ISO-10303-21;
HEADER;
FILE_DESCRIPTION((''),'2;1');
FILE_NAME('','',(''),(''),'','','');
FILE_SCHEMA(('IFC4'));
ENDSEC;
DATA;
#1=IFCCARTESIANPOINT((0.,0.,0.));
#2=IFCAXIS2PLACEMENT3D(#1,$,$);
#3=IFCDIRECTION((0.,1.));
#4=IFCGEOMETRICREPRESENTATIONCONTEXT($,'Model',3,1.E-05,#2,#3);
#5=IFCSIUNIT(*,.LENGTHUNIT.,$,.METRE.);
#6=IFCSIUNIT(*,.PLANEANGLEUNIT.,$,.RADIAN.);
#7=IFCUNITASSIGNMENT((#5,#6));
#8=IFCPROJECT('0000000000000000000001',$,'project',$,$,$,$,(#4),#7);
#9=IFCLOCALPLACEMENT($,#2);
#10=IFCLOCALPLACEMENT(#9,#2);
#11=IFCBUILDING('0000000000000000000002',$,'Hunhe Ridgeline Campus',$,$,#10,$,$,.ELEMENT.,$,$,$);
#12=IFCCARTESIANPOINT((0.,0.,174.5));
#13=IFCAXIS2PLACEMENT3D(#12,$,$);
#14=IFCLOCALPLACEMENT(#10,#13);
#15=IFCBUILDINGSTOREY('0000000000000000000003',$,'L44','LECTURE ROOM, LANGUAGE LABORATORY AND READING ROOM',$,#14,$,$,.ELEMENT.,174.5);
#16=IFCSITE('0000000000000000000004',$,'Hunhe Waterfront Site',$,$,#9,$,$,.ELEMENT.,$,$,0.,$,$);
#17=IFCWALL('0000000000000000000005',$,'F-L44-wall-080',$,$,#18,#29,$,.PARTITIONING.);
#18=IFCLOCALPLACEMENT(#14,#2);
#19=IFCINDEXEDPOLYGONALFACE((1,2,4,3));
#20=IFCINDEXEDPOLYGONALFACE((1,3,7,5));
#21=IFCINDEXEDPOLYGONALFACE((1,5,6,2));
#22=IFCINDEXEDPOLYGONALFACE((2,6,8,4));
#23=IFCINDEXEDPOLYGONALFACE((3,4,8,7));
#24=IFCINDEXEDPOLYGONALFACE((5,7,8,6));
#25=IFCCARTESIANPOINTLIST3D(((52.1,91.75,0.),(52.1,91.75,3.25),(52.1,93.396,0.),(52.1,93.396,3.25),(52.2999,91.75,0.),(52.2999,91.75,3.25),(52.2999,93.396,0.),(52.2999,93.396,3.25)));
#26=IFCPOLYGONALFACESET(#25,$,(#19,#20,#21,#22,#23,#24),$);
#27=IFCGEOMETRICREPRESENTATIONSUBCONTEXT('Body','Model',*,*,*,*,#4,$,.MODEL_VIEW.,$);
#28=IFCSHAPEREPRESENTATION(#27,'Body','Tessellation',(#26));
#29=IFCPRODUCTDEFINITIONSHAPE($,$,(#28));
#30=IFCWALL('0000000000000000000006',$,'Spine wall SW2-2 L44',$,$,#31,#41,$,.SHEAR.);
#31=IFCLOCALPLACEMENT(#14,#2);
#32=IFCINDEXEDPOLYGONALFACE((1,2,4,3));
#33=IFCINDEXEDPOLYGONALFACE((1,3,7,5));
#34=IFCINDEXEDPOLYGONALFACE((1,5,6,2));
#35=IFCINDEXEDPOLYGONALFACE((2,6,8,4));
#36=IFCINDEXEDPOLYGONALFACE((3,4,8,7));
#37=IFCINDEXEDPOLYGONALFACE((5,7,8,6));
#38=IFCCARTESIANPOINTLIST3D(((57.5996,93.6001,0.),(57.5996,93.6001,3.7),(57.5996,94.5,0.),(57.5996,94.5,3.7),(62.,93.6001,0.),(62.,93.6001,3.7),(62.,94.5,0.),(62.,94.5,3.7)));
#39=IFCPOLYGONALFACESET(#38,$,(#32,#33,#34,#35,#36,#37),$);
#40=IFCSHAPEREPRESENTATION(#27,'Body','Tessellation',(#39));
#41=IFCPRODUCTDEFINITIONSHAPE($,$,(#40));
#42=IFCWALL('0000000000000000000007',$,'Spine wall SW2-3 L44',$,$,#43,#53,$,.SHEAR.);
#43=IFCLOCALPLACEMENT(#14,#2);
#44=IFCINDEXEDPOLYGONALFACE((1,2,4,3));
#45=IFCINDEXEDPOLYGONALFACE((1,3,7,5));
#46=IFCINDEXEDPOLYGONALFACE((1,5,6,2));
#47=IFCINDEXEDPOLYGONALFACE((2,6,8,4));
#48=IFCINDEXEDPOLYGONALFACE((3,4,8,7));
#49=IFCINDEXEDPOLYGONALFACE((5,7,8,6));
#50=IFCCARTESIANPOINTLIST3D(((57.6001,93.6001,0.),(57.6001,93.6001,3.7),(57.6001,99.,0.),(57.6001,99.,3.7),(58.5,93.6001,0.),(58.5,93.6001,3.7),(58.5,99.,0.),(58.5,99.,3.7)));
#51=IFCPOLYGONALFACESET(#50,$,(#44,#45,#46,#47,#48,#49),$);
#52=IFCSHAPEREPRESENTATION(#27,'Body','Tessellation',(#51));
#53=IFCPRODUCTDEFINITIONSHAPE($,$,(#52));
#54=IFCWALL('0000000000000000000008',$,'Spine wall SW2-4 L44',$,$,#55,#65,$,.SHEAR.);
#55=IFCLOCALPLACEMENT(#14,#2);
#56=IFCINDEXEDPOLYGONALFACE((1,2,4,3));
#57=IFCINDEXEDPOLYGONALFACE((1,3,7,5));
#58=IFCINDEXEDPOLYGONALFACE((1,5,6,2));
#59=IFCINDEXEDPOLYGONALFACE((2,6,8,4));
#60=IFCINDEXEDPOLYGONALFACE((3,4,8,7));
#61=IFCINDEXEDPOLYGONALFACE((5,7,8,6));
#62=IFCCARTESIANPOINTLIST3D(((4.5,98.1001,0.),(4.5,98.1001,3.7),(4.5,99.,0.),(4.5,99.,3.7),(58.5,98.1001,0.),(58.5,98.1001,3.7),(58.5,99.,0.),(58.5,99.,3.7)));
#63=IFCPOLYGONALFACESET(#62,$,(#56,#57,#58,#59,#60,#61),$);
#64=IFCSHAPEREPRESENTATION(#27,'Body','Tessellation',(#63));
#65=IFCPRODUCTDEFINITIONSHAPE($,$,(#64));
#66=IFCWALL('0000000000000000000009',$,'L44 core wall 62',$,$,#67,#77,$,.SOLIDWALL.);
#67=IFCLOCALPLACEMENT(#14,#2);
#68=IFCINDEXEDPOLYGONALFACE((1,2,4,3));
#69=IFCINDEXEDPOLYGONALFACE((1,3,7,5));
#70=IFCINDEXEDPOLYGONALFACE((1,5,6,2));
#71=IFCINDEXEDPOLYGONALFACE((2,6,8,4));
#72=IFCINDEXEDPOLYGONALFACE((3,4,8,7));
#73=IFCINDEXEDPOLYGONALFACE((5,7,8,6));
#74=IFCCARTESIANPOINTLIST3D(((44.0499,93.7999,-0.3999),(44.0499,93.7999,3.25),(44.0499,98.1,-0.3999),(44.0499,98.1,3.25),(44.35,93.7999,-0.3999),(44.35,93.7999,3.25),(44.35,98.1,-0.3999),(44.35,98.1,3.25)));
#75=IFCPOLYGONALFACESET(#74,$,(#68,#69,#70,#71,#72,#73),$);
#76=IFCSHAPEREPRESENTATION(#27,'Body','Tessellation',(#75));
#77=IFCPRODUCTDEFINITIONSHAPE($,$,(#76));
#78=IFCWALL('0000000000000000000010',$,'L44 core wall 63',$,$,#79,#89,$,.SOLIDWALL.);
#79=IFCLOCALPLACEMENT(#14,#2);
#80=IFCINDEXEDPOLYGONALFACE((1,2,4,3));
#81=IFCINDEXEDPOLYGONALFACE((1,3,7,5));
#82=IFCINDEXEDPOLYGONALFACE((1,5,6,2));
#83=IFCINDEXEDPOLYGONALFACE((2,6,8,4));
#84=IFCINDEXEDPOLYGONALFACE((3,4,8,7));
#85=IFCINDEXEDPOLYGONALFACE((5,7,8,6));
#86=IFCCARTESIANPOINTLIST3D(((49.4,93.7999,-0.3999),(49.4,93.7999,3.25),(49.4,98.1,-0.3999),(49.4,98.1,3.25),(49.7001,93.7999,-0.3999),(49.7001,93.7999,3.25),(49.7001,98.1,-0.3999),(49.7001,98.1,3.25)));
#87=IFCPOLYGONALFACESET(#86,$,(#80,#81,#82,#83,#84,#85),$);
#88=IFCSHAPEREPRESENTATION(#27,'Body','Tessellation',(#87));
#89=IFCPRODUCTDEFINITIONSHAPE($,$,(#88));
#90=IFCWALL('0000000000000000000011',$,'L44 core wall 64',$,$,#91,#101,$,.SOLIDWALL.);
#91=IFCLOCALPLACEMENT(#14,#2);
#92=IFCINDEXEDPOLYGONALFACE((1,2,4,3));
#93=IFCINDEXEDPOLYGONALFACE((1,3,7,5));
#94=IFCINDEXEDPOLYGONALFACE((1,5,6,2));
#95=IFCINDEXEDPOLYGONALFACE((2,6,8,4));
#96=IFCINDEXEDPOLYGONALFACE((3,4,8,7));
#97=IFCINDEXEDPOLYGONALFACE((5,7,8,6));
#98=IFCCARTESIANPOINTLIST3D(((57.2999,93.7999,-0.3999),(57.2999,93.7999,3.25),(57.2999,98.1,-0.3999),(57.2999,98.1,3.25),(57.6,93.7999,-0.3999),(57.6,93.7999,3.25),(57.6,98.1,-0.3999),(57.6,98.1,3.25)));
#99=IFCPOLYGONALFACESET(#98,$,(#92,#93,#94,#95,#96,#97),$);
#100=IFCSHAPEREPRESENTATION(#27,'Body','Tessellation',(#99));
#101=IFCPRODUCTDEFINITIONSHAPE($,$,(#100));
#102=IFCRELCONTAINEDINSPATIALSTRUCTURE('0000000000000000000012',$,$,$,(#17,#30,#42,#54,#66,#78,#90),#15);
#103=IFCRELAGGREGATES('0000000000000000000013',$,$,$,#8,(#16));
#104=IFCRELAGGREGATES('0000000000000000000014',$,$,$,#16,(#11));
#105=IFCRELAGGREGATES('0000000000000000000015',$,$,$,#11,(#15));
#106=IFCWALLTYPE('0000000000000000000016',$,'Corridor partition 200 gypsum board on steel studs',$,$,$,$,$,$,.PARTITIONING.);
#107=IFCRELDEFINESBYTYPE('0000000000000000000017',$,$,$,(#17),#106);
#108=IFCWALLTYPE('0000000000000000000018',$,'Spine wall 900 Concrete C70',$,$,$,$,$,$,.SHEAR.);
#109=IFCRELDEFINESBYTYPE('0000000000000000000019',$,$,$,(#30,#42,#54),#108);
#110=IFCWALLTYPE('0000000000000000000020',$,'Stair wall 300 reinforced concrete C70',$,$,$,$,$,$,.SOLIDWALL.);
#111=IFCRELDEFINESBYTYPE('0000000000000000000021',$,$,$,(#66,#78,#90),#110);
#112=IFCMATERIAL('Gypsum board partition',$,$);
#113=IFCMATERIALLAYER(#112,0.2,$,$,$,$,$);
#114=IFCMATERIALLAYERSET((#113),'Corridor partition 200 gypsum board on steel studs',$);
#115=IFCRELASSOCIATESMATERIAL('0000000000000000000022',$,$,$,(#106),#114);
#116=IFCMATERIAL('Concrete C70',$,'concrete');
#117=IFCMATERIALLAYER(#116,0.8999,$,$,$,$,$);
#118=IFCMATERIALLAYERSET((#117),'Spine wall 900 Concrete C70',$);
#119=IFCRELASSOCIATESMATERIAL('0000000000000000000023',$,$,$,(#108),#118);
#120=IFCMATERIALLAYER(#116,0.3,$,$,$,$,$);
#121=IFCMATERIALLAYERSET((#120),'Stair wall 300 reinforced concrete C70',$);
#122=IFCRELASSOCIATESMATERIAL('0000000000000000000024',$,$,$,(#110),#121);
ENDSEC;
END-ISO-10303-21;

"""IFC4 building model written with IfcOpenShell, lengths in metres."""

from ifc_helpers import new_model, si_unit, direction, frame, frame_2d, origin, place, context, subcontext, project, spatial, rectangle, extrude, material, layer, layer_set, type_object, element, save


model = new_model("IFC4")

# Units and contexts
model_context = context("Model", 3, precision=1e-05, world=origin(), true_north=direction((0.0, 1.0)))
body_context = subcontext(model_context, "Body", "Model", "MODEL_VIEW")
ifc_project = project(units=[si_unit("LENGTHUNIT", "METRE"), si_unit("PLANEANGLEUNIT", "RADIAN")], contexts=[model_context])

# Site, building, storey
site_placement = place(None, origin())
site = spatial("IfcSite", under=ifc_project, at=site_placement, Name="Hunhe Waterfront Site", CompositionType="ELEMENT", RefElevation=0.0)
building_placement = place(site_placement, origin())
building = spatial("IfcBuilding", under=site, at=building_placement, Name="Hunhe Ridgeline Campus", CompositionType="ELEMENT")
storey_placement = place(building_placement, frame((0.0, 0.0, 174.5)))
storey = spatial("IfcBuildingStorey", under=building, at=storey_placement, Name="L44", Description="LECTURE ROOM, LANGUAGE LABORATORY AND READING ROOM", CompositionType="ELEMENT", Elevation=174.5)

# Shared definitions
ifc_material_1 = material(Name="Concrete C70", Category="concrete")

# Shared definitions
ifc_material_2 = material(Name="Gypsum board partition")
ifc_layer_1 = layer(ifc_material_2, 0.2)
ifc_layer_set_1 = layer_set([ifc_layer_1], Name="Corridor partition 200 gypsum board on steel studs")
wall_type_1 = type_object("IfcWallType", Name="Corridor partition 200 gypsum board on steel studs", PredefinedType="PARTITIONING", material=ifc_layer_set_1)

# Walls
wall_1_placement = place(storey_placement, frame((52.2, 93.396, 0.0), z_axis=(0.0, 0.0, 1.0), x_axis=(0.0, -1.0, 0.0)))
element("IfcWall", 1, at=wall_1_placement, inside=storey, type_object=wall_type_1, Name="F-L44-wall-080", PredefinedType="PARTITIONING", context=body_context, shape_type="SweptSolid", body=[
    extrude(rectangle(XDim=1.646, YDim=0.2, at=frame_2d((0.823, 0.0))), origin(), (0.0, 0.0, 1.0), 3.25),
])
ifc_layer_2 = layer(ifc_material_1, 0.8999)
ifc_layer_set_2 = layer_set([ifc_layer_2], Name="Spine wall 900 Concrete C70")
wall_type_2 = type_object("IfcWallType", Name="Spine wall 900 Concrete C70", PredefinedType="SHEAR", material=ifc_layer_set_2)
wall_2_placement = place(storey_placement, frame((62.0, 94.05, 0.0), z_axis=(0.0, 0.0, 1.0), x_axis=(-1.0, 0.0, 0.0)))
element("IfcWall", 2, at=wall_2_placement, inside=storey, type_object=wall_type_2, Name="Spine wall SW2-2 L44", PredefinedType="SHEAR", context=body_context, shape_type="SweptSolid", body=[
    extrude(rectangle(XDim=4.4004, YDim=0.8999, at=frame_2d((2.2002, 0.0))), origin(), (0.0, 0.0, 1.0), 3.7),
])
wall_3_placement = place(storey_placement, frame((58.05, 93.6001, 0.0), z_axis=(0.0, 0.0, 1.0), x_axis=(0.0, 1.0, 0.0)))
element("IfcWall", 3, at=wall_3_placement, inside=storey, type_object=wall_type_2, Name="Spine wall SW2-3 L44", PredefinedType="SHEAR", context=body_context, shape_type="SweptSolid", body=[
    extrude(rectangle(XDim=5.3999, YDim=0.8999, at=frame_2d((2.7, 0.0))), origin(), (0.0, 0.0, 1.0), 3.7),
])
wall_4_placement = place(storey_placement, frame((58.5, 98.55, 0.0), z_axis=(0.0, 0.0, 1.0), x_axis=(-1.0, 0.0, 0.0)))
element("IfcWall", 4, at=wall_4_placement, inside=storey, type_object=wall_type_2, Name="Spine wall SW2-4 L44", PredefinedType="SHEAR", context=body_context, shape_type="SweptSolid", body=[
    extrude(rectangle(XDim=54.0, YDim=0.8999, at=frame_2d((27.0, 0.0))), origin(), (0.0, 0.0, 1.0), 3.7),
])

# Shared definitions
ifc_layer_3 = layer(ifc_material_1, 0.3)
ifc_layer_set_3 = layer_set([ifc_layer_3], Name="Stair wall 300 reinforced concrete C70")
wall_type_3 = type_object("IfcWallType", Name="Stair wall 300 reinforced concrete C70", PredefinedType="SOLIDWALL", material=ifc_layer_set_3)

# Walls
for number, where, z_axis, x_axis, name in (
    (5, (44.2, 93.8, -0.3999), (0.0, 0.0, 1.0), (0.0, 1.0, 0.0), "L44 core wall 62"),
    (6, (49.55, 93.8, -0.3999), (0.0, 0.0, 1.0), (0.0, 1.0, 0.0), "L44 core wall 63"),
    (7, (57.45, 93.8, -0.3999), (0.0, 0.0, 1.0), (0.0, 1.0, 0.0), "L44 core wall 64"),
):
    element("IfcWall", number, at=place(storey_placement, frame(where, z_axis=z_axis, x_axis=x_axis)), inside=storey, type_object=wall_type_3, Name=name, PredefinedType="SOLIDWALL", context=body_context, shape_type="SweptSolid", body=[
        extrude(rectangle(XDim=4.3, YDim=0.3, at=frame_2d((2.1499, 0.0))), origin(), (0.0, 0.0, 1.0), 3.6499),
    ])

save(model, "model.ifc")
